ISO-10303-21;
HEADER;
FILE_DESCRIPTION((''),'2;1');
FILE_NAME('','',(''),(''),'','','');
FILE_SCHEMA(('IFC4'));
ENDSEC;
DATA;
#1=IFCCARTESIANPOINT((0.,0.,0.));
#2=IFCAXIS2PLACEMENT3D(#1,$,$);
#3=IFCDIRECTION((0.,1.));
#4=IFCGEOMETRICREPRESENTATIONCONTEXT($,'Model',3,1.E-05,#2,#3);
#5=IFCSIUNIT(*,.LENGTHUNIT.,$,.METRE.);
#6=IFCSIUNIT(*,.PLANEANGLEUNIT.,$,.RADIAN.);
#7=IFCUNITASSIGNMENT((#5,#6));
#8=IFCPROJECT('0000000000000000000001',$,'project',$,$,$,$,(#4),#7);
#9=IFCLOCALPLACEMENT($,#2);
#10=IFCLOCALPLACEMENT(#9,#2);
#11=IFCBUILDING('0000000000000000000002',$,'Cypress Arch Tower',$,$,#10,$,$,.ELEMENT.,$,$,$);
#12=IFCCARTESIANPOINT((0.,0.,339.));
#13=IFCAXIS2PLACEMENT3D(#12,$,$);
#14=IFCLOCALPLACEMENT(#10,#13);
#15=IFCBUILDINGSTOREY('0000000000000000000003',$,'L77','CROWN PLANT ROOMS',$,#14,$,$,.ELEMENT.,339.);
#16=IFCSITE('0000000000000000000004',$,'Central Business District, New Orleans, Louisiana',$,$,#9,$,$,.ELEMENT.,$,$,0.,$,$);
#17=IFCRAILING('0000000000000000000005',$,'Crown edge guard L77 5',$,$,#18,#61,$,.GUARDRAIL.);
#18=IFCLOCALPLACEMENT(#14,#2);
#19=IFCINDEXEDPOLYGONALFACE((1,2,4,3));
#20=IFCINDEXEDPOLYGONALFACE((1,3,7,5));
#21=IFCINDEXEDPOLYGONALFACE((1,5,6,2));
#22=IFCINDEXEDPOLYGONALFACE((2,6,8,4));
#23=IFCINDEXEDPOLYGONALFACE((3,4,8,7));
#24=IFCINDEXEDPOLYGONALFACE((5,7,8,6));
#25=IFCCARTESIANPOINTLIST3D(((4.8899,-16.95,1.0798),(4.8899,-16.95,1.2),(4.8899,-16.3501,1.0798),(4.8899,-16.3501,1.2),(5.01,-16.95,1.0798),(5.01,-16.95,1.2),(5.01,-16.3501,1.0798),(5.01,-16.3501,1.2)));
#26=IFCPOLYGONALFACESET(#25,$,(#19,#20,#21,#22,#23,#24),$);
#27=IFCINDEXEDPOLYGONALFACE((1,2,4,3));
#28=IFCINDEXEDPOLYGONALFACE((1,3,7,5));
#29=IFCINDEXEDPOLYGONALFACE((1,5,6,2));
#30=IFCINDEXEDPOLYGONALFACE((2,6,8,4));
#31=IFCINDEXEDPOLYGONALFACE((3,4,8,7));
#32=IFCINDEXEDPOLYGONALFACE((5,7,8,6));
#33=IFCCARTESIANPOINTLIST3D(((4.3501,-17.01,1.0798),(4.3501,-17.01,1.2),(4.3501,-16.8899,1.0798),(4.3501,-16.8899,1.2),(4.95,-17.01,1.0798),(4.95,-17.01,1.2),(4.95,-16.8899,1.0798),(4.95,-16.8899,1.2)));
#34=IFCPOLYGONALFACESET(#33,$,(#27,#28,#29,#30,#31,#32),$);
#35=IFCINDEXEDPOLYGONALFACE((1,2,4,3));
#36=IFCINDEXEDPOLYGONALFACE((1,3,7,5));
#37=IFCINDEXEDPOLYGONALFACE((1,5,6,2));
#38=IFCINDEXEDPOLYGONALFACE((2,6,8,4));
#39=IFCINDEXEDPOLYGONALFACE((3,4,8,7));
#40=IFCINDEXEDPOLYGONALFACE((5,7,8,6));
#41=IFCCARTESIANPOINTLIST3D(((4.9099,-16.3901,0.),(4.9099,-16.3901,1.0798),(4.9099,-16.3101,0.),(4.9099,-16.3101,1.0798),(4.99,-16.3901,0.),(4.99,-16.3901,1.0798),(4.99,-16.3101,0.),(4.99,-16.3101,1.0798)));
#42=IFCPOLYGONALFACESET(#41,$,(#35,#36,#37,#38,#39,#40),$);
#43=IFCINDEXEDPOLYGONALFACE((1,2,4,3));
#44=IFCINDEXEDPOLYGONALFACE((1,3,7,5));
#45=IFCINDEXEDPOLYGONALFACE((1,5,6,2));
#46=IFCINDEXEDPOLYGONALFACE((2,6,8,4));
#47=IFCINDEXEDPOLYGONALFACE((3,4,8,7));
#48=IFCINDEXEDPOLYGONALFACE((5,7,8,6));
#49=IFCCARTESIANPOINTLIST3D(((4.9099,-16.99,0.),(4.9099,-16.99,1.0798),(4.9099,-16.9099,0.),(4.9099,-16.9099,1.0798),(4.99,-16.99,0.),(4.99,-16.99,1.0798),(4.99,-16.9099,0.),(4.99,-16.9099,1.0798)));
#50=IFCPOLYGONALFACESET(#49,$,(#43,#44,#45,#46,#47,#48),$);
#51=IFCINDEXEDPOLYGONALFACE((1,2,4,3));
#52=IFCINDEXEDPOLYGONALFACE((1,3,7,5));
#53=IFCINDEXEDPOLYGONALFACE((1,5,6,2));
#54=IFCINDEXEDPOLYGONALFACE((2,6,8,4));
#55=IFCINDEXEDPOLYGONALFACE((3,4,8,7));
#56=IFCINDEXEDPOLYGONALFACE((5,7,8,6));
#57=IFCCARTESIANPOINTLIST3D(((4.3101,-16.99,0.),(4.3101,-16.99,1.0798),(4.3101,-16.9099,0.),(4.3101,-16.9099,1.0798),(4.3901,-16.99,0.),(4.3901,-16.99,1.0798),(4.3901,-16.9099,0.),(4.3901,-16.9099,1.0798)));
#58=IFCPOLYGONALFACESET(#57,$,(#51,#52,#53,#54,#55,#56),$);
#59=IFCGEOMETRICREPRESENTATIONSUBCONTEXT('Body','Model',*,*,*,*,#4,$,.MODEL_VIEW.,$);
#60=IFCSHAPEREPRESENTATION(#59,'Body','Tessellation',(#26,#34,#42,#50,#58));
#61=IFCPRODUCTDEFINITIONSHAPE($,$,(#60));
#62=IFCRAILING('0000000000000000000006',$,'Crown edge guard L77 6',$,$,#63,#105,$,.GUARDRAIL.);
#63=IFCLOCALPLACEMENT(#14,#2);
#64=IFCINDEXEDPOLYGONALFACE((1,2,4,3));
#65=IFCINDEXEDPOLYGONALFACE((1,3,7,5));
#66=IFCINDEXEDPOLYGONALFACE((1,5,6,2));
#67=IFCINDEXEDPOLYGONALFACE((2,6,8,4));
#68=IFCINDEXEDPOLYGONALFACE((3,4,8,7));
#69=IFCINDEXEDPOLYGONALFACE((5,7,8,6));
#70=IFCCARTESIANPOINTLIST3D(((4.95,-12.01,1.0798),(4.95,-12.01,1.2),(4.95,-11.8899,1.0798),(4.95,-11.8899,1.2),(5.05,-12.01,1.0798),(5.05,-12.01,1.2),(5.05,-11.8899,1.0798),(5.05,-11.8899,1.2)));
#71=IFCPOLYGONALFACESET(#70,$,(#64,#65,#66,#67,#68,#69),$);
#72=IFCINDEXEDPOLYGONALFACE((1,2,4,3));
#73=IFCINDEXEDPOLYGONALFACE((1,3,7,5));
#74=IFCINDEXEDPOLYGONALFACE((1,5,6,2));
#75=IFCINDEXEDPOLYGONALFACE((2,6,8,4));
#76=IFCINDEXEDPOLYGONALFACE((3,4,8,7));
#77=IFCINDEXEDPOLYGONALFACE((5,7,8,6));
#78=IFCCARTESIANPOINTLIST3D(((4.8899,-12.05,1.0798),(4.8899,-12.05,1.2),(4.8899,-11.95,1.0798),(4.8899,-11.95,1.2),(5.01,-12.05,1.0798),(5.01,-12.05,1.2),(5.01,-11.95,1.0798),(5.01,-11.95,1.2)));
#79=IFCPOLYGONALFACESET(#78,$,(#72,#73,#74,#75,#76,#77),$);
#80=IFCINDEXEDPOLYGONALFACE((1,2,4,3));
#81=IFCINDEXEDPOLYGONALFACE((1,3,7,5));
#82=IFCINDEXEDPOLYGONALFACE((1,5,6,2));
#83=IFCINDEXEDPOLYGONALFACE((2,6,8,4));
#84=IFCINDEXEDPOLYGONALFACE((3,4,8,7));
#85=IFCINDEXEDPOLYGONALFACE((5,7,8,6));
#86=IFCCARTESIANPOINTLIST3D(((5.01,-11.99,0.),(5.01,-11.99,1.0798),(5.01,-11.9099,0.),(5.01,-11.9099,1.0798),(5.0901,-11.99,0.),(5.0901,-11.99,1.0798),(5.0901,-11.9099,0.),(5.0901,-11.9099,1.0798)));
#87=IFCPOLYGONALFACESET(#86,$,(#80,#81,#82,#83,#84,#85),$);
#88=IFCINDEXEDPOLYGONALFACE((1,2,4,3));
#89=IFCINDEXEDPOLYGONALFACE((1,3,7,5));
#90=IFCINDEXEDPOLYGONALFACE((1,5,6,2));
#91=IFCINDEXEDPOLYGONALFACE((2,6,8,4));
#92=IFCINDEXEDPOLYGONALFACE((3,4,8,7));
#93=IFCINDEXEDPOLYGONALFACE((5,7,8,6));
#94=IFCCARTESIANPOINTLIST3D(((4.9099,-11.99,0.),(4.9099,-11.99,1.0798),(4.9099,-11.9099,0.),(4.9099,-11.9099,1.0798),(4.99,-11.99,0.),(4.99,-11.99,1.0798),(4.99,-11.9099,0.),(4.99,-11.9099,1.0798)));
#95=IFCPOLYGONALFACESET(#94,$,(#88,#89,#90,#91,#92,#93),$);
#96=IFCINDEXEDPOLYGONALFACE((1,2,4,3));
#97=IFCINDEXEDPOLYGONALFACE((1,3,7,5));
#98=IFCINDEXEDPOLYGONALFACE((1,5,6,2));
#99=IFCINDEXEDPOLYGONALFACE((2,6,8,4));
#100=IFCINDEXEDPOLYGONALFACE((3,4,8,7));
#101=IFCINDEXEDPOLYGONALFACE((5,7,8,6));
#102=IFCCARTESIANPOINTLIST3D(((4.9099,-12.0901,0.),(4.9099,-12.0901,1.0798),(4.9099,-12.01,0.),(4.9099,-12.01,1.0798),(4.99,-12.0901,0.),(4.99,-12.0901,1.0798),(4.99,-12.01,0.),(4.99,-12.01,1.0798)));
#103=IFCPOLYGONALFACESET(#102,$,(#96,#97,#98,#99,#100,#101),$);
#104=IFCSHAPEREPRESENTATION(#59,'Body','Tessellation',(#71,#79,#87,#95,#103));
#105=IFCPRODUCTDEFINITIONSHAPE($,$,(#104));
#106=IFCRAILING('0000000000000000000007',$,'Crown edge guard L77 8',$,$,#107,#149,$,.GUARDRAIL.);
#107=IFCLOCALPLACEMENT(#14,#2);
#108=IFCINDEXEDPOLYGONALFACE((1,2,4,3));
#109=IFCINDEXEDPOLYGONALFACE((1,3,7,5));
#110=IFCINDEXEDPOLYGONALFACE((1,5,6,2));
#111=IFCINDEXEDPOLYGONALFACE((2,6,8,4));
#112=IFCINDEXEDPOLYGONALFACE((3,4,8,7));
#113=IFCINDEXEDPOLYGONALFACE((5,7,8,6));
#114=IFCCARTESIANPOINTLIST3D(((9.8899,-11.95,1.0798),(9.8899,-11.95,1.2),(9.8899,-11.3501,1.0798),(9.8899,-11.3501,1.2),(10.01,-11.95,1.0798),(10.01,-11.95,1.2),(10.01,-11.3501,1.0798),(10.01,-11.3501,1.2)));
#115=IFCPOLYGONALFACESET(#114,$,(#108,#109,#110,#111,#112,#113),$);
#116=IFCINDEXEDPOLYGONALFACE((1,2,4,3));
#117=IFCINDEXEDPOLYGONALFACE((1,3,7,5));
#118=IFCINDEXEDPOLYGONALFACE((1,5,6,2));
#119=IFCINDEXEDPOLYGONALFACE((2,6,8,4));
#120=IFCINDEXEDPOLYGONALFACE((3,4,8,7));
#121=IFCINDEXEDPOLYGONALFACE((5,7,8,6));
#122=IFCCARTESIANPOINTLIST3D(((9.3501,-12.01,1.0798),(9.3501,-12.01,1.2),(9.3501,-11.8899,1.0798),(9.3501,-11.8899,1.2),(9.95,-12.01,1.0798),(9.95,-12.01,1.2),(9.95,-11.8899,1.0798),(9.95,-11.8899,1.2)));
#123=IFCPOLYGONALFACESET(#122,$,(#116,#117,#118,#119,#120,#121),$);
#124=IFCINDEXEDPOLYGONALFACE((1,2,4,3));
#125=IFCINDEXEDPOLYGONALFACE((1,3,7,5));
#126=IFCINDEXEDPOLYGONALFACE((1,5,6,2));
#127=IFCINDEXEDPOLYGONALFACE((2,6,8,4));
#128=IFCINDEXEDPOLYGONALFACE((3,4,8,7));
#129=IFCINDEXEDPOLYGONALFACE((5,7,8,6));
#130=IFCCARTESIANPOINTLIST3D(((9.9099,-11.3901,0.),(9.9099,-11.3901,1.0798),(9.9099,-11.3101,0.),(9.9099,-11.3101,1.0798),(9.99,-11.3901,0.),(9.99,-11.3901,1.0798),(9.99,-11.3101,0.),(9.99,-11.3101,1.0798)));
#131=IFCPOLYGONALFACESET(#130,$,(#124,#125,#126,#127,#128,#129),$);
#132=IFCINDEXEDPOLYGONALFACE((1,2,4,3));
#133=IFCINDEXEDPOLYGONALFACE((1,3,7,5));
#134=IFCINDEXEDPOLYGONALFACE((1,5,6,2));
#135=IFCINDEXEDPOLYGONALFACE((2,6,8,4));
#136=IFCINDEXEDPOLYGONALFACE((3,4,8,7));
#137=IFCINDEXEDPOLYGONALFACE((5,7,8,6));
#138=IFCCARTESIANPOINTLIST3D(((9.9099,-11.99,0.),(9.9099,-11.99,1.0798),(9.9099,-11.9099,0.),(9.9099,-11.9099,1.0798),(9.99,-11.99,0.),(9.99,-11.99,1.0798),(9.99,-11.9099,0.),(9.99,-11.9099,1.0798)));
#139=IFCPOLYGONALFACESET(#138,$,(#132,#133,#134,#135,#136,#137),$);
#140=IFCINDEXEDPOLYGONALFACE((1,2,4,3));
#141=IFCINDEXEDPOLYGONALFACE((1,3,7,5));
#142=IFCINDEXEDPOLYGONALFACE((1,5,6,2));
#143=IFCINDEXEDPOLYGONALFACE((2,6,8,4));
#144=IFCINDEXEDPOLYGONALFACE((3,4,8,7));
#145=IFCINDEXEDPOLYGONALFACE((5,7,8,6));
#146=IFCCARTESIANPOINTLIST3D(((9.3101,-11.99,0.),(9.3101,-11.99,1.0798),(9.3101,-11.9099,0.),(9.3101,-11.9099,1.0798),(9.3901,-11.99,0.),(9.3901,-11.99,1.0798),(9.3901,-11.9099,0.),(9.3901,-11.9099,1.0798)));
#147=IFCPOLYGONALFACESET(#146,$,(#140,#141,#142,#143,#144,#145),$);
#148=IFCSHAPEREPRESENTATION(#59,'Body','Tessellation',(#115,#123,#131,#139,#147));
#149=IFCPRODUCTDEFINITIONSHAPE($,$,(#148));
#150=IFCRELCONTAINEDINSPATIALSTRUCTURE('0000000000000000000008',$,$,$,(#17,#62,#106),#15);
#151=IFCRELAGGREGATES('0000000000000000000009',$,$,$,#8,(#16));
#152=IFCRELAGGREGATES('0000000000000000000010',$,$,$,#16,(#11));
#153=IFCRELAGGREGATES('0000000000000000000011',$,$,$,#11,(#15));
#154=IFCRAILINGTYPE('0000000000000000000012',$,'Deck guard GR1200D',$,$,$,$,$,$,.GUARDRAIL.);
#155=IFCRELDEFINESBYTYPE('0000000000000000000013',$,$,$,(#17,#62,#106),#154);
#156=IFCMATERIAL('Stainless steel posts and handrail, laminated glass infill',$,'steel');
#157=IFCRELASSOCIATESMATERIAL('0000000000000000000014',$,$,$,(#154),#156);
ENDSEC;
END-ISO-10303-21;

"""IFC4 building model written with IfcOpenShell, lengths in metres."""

from ifc_helpers import new_model, si_unit, direction, frame, origin, origin_2d, place, context, subcontext, project, spatial, rectangle, extrude, material, type_object, element, save


model = new_model("IFC4")

# Units and contexts
model_context = context("Model", 3, precision=1e-05, world=origin(), true_north=direction((0.0, 1.0)))
body_context = subcontext(model_context, "Body", "Model", "MODEL_VIEW")
ifc_project = project(units=[si_unit("LENGTHUNIT", "METRE"), si_unit("PLANEANGLEUNIT", "RADIAN")], contexts=[model_context])

# Site, building, storey
site_placement = place(None, origin())
site = spatial("IfcSite", under=ifc_project, at=site_placement, Name="Central Business District, New Orleans, Louisiana", CompositionType="ELEMENT", RefElevation=0.0)
building_placement = place(site_placement, origin())
building = spatial("IfcBuilding", under=site, at=building_placement, Name="Cypress Arch Tower", CompositionType="ELEMENT")
storey_placement = place(building_placement, frame((0.0, 0.0, 339.0)))
storey = spatial("IfcBuildingStorey", under=building, at=storey_placement, Name="L77", Description="CROWN PLANT ROOMS", CompositionType="ELEMENT", Elevation=339.0)

# Railings
ifc_material_1 = material(Name="Stainless steel posts and handrail, laminated glass infill", Category="steel")
railing_type_1 = type_object("IfcRailingType", Name="Deck guard GR1200D", PredefinedType="GUARDRAIL", material=ifc_material_1)
railing_1_placement = place(storey_placement, frame((4.95, -16.3501, 0.0)))
element("IfcRailing", 1, at=railing_1_placement, inside=storey, type_object=railing_type_1, Name="Crown edge guard L77 5", PredefinedType="GUARDRAIL", context=body_context, shape_type="SweptSolid", body=[
    extrude(rectangle(XDim=0.1201, YDim=0.1201, at=origin_2d()), frame((0.0, 0.0, 1.1399), z_axis=(0.0, -1.0, 0.0), x_axis=(1.0, 0.0, 0.0)), (0.0, 0.0, 1.0), 0.5999),
    extrude(rectangle(XDim=0.1201, YDim=0.1201, at=origin_2d()), frame((0.0, -0.5999, 1.1399), z_axis=(-1.0, 0.0, 0.0), x_axis=(0.0, -1.0, 0.0)), (0.0, 0.0, 1.0), 0.5999),
    extrude(rectangle(XDim=0.0801, YDim=0.0801, at=origin_2d()), origin(), (0.0, 0.0, 1.0), 1.0798),
    extrude(rectangle(XDim=0.0801, YDim=0.0801, at=origin_2d()), frame((0.0, -0.5999, 0.0)), (0.0, 0.0, 1.0), 1.0798),
    extrude(rectangle(XDim=0.0801, YDim=0.0801, at=origin_2d()), frame((-0.5999, -0.5999, 0.0)), (0.0, 0.0, 1.0), 1.0798),
])
railing_2_placement = place(storey_placement, frame((5.05, -11.95, 0.0)))
element("IfcRailing", 2, at=railing_2_placement, inside=storey, type_object=railing_type_1, Name="Crown edge guard L77 6", PredefinedType="GUARDRAIL", context=body_context, shape_type="SweptSolid", body=[
    extrude(rectangle(XDim=0.1201, YDim=0.1201, at=origin_2d()), frame((0.0, 0.0, 1.1399), z_axis=(-1.0, 0.0, 0.0), x_axis=(0.0, -1.0, 0.0)), (0.0, 0.0, 1.0), 0.1001),
    extrude(rectangle(XDim=0.1201, YDim=0.1201, at=origin_2d()), frame((-0.1001, 0.0, 1.1399), z_axis=(0.0, -1.0, 0.0), x_axis=(1.0, 0.0, 0.0)), (0.0, 0.0, 1.0), 0.1001),
    extrude(rectangle(XDim=0.0801, YDim=0.0801, at=origin_2d()), origin(), (0.0, 0.0, 1.0), 1.0798),
    extrude(rectangle(XDim=0.0801, YDim=0.0801, at=origin_2d()), frame((-0.1001, 0.0, 0.0)), (0.0, 0.0, 1.0), 1.0798),
    extrude(rectangle(XDim=0.0801, YDim=0.0801, at=origin_2d()), frame((-0.1001, -0.1001, 0.0)), (0.0, 0.0, 1.0), 1.0798),
])
railing_3_placement = place(storey_placement, frame((9.95, -11.3501, 0.0)))
element("IfcRailing", 3, at=railing_3_placement, inside=storey, type_object=railing_type_1, Name="Crown edge guard L77 8", PredefinedType="GUARDRAIL", context=body_context, shape_type="SweptSolid", body=[
    extrude(rectangle(XDim=0.1201, YDim=0.1201, at=origin_2d()), frame((0.0, 0.0, 1.1399), z_axis=(0.0, -1.0, 0.0), x_axis=(1.0, 0.0, 0.0)), (0.0, 0.0, 1.0), 0.5999),
    extrude(rectangle(XDim=0.1201, YDim=0.1201, at=origin_2d()), frame((0.0, -0.5999, 1.1399), z_axis=(-1.0, 0.0, 0.0), x_axis=(0.0, -1.0, 0.0)), (0.0, 0.0, 1.0), 0.5999),
    extrude(rectangle(XDim=0.0801, YDim=0.0801, at=origin_2d()), origin(), (0.0, 0.0, 1.0), 1.0798),
    extrude(rectangle(XDim=0.0801, YDim=0.0801, at=origin_2d()), frame((0.0, -0.5999, 0.0)), (0.0, 0.0, 1.0), 1.0798),
    extrude(rectangle(XDim=0.0801, YDim=0.0801, at=origin_2d()), frame((-0.5999, -0.5999, 0.0)), (0.0, 0.0, 1.0), 1.0798),
])

save(model, "model.ifc")
